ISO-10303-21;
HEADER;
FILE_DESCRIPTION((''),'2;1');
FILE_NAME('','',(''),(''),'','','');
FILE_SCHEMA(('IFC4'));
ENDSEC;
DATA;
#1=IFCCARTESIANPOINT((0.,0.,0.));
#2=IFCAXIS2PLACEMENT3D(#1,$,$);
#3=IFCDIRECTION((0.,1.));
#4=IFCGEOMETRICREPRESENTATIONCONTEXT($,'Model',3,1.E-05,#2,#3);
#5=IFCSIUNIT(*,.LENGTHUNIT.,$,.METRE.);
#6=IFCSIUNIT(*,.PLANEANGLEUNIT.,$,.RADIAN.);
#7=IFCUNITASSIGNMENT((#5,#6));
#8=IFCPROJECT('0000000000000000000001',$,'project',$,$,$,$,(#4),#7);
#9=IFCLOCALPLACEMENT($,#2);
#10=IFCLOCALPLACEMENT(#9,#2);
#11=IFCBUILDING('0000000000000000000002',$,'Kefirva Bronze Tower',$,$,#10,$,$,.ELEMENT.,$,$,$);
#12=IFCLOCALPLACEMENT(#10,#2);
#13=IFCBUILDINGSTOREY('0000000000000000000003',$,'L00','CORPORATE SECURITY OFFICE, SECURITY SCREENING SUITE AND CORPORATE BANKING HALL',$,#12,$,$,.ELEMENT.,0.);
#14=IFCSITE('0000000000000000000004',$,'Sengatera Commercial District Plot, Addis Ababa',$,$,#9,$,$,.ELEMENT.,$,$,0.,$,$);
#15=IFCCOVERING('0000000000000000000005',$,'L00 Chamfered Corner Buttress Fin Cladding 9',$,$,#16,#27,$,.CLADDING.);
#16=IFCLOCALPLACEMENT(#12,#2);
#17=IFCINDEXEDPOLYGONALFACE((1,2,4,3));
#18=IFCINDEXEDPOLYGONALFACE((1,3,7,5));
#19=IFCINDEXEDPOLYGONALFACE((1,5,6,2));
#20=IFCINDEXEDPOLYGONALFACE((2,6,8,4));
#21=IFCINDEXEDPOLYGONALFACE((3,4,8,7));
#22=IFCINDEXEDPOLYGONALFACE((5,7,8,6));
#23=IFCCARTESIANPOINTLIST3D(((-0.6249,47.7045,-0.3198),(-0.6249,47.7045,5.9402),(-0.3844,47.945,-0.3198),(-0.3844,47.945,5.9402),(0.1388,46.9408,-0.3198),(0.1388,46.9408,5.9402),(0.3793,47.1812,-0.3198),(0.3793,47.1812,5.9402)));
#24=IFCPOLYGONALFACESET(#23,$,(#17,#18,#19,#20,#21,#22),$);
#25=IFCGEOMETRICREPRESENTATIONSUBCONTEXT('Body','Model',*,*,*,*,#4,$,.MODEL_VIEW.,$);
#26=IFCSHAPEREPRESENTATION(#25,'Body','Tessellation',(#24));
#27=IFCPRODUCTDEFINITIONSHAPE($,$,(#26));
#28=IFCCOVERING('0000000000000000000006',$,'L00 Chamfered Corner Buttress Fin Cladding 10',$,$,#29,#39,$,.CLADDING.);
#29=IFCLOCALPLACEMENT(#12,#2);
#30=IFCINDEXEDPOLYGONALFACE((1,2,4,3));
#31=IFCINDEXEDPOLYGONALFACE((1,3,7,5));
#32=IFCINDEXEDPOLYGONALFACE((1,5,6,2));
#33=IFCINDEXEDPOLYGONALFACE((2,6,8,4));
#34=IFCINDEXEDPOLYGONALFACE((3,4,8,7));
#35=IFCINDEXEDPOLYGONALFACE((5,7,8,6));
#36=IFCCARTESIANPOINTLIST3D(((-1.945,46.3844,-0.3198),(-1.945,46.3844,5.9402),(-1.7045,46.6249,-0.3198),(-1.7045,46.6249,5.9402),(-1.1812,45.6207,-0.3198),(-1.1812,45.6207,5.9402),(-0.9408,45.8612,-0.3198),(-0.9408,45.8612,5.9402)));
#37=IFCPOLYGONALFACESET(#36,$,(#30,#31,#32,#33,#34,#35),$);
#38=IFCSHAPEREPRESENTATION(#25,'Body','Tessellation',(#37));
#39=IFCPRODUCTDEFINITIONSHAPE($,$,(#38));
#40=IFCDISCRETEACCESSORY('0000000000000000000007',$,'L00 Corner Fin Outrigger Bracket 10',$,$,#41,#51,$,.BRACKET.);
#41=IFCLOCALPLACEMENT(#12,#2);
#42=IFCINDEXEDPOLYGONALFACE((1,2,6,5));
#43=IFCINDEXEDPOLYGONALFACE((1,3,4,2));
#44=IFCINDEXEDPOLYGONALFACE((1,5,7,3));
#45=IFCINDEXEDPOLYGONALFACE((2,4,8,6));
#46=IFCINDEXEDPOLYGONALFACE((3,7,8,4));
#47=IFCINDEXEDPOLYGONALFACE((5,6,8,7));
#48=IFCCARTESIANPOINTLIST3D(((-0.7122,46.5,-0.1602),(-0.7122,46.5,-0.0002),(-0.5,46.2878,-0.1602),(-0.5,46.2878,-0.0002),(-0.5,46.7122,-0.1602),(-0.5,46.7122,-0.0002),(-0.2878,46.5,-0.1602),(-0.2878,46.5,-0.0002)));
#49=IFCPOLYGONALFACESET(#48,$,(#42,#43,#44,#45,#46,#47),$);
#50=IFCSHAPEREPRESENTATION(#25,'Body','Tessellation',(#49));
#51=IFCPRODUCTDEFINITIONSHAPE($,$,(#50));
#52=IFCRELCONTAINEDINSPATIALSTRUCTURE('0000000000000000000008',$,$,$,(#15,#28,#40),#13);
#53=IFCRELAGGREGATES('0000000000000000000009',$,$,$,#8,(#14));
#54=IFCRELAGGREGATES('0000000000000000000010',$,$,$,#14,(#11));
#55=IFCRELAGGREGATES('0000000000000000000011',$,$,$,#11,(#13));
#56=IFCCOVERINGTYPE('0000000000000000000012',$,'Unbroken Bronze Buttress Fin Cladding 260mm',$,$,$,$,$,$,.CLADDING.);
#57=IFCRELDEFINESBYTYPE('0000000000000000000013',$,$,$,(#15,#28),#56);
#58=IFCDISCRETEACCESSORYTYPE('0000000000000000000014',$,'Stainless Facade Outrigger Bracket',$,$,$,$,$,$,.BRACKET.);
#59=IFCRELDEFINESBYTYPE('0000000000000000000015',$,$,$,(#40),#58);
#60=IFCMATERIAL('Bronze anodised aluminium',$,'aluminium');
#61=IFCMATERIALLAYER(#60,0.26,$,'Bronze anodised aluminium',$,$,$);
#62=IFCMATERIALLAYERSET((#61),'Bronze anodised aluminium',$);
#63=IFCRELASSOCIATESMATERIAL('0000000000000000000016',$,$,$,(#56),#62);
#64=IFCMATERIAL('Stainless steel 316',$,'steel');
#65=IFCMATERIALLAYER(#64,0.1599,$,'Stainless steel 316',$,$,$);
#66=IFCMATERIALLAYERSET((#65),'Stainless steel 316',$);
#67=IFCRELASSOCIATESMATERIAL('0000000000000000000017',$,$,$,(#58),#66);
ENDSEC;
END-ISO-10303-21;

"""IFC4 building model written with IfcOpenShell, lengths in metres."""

from ifc_helpers import new_model, si_unit, direction, frame, origin, origin_2d, place, context, subcontext, project, spatial, rectangle, extrude, material, layer, layer_set, type_object, element, save


model = new_model("IFC4")

# Units and contexts
model_context = context("Model", 3, precision=1e-05, world=origin(), true_north=direction((0.0, 1.0)))
body_context = subcontext(model_context, "Body", "Model", "MODEL_VIEW")
ifc_project = project(units=[si_unit("LENGTHUNIT", "METRE"), si_unit("PLANEANGLEUNIT", "RADIAN")], contexts=[model_context])

# Site, building, storey
site_placement = place(None, origin())
site = spatial("IfcSite", under=ifc_project, at=site_placement, Name="Sengatera Commercial District Plot, Addis Ababa", CompositionType="ELEMENT", RefElevation=0.0)
building_placement = place(site_placement, origin())
building = spatial("IfcBuilding", under=site, at=building_placement, Name="Kefirva Bronze Tower", CompositionType="ELEMENT")
storey_placement = place(building_placement, origin())
storey = spatial("IfcBuildingStorey", under=building, at=storey_placement, Name="L00", Description="CORPORATE SECURITY OFFICE, SECURITY SCREENING SUITE AND CORPORATE BANKING HALL", CompositionType="ELEMENT", Elevation=0.0)

# Shared definitions
ifc_material_1 = material(Name="Bronze anodised aluminium", Category="aluminium")

# Coverings
ifc_layer_1 = layer(ifc_material_1, 0.26, Name="Bronze anodised aluminium")
ifc_layer_set_1 = layer_set([ifc_layer_1], Name="Bronze anodised aluminium")
covering_type_1 = type_object("IfcCoveringType", Name="Unbroken Bronze Buttress Fin Cladding 260mm", PredefinedType="CLADDING", material=ifc_layer_set_1)
for number, where, z_axis, x_axis, name in (
    (1, (-0.1228, 47.4429, -0.3198), (0.0, 0.0, 1.0), (-0.707107, -0.707107, 0.0), "L00 Chamfered Corner Buttress Fin Cladding 9"),
    (2, (-1.4429, 46.1228, -0.3198), (0.0, 0.0, 1.0), (-0.707107, -0.707107, 0.0), "L00 Chamfered Corner Buttress Fin Cladding 10"),
):
    element("IfcCovering", number, at=place(storey_placement, frame(where, z_axis=z_axis, x_axis=x_axis)), inside=storey, type_object=covering_type_1, Name=name, PredefinedType="CLADDING", context=body_context, shape_type="SweptSolid", body=[
        extrude(rectangle(XDim=0.3401, YDim=1.0801, at=origin_2d()), origin(), (0.0, 0.0, 1.0), 6.26),
    ])

# Discrete accessory
ifc_material_2 = material(Name="Stainless steel 316", Category="steel")
ifc_layer_2 = layer(ifc_material_2, 0.1599, Name="Stainless steel 316")
ifc_layer_set_2 = layer_set([ifc_layer_2], Name="Stainless steel 316")
discrete_accessory_type = type_object("IfcDiscreteAccessoryType", Name="Stainless Facade Outrigger Bracket", PredefinedType="BRACKET", material=ifc_layer_set_2)
discrete_accessory_placement = place(storey_placement, frame((-0.5, 46.5, -0.1602), z_axis=(0.0, 0.0, 1.0), x_axis=(-0.707107, -0.707107, 0.0)))
element("IfcDiscreteAccessory", 3, at=discrete_accessory_placement, inside=storey, type_object=discrete_accessory_type, Name="L00 Corner Fin Outrigger Bracket 10", PredefinedType="BRACKET", context=body_context, shape_type="SweptSolid", body=[
    extrude(rectangle(XDim=0.3, YDim=0.3, at=origin_2d()), origin(), (0.0, 0.0, 1.0), 0.1599),
])

save(model, "model.ifc")
